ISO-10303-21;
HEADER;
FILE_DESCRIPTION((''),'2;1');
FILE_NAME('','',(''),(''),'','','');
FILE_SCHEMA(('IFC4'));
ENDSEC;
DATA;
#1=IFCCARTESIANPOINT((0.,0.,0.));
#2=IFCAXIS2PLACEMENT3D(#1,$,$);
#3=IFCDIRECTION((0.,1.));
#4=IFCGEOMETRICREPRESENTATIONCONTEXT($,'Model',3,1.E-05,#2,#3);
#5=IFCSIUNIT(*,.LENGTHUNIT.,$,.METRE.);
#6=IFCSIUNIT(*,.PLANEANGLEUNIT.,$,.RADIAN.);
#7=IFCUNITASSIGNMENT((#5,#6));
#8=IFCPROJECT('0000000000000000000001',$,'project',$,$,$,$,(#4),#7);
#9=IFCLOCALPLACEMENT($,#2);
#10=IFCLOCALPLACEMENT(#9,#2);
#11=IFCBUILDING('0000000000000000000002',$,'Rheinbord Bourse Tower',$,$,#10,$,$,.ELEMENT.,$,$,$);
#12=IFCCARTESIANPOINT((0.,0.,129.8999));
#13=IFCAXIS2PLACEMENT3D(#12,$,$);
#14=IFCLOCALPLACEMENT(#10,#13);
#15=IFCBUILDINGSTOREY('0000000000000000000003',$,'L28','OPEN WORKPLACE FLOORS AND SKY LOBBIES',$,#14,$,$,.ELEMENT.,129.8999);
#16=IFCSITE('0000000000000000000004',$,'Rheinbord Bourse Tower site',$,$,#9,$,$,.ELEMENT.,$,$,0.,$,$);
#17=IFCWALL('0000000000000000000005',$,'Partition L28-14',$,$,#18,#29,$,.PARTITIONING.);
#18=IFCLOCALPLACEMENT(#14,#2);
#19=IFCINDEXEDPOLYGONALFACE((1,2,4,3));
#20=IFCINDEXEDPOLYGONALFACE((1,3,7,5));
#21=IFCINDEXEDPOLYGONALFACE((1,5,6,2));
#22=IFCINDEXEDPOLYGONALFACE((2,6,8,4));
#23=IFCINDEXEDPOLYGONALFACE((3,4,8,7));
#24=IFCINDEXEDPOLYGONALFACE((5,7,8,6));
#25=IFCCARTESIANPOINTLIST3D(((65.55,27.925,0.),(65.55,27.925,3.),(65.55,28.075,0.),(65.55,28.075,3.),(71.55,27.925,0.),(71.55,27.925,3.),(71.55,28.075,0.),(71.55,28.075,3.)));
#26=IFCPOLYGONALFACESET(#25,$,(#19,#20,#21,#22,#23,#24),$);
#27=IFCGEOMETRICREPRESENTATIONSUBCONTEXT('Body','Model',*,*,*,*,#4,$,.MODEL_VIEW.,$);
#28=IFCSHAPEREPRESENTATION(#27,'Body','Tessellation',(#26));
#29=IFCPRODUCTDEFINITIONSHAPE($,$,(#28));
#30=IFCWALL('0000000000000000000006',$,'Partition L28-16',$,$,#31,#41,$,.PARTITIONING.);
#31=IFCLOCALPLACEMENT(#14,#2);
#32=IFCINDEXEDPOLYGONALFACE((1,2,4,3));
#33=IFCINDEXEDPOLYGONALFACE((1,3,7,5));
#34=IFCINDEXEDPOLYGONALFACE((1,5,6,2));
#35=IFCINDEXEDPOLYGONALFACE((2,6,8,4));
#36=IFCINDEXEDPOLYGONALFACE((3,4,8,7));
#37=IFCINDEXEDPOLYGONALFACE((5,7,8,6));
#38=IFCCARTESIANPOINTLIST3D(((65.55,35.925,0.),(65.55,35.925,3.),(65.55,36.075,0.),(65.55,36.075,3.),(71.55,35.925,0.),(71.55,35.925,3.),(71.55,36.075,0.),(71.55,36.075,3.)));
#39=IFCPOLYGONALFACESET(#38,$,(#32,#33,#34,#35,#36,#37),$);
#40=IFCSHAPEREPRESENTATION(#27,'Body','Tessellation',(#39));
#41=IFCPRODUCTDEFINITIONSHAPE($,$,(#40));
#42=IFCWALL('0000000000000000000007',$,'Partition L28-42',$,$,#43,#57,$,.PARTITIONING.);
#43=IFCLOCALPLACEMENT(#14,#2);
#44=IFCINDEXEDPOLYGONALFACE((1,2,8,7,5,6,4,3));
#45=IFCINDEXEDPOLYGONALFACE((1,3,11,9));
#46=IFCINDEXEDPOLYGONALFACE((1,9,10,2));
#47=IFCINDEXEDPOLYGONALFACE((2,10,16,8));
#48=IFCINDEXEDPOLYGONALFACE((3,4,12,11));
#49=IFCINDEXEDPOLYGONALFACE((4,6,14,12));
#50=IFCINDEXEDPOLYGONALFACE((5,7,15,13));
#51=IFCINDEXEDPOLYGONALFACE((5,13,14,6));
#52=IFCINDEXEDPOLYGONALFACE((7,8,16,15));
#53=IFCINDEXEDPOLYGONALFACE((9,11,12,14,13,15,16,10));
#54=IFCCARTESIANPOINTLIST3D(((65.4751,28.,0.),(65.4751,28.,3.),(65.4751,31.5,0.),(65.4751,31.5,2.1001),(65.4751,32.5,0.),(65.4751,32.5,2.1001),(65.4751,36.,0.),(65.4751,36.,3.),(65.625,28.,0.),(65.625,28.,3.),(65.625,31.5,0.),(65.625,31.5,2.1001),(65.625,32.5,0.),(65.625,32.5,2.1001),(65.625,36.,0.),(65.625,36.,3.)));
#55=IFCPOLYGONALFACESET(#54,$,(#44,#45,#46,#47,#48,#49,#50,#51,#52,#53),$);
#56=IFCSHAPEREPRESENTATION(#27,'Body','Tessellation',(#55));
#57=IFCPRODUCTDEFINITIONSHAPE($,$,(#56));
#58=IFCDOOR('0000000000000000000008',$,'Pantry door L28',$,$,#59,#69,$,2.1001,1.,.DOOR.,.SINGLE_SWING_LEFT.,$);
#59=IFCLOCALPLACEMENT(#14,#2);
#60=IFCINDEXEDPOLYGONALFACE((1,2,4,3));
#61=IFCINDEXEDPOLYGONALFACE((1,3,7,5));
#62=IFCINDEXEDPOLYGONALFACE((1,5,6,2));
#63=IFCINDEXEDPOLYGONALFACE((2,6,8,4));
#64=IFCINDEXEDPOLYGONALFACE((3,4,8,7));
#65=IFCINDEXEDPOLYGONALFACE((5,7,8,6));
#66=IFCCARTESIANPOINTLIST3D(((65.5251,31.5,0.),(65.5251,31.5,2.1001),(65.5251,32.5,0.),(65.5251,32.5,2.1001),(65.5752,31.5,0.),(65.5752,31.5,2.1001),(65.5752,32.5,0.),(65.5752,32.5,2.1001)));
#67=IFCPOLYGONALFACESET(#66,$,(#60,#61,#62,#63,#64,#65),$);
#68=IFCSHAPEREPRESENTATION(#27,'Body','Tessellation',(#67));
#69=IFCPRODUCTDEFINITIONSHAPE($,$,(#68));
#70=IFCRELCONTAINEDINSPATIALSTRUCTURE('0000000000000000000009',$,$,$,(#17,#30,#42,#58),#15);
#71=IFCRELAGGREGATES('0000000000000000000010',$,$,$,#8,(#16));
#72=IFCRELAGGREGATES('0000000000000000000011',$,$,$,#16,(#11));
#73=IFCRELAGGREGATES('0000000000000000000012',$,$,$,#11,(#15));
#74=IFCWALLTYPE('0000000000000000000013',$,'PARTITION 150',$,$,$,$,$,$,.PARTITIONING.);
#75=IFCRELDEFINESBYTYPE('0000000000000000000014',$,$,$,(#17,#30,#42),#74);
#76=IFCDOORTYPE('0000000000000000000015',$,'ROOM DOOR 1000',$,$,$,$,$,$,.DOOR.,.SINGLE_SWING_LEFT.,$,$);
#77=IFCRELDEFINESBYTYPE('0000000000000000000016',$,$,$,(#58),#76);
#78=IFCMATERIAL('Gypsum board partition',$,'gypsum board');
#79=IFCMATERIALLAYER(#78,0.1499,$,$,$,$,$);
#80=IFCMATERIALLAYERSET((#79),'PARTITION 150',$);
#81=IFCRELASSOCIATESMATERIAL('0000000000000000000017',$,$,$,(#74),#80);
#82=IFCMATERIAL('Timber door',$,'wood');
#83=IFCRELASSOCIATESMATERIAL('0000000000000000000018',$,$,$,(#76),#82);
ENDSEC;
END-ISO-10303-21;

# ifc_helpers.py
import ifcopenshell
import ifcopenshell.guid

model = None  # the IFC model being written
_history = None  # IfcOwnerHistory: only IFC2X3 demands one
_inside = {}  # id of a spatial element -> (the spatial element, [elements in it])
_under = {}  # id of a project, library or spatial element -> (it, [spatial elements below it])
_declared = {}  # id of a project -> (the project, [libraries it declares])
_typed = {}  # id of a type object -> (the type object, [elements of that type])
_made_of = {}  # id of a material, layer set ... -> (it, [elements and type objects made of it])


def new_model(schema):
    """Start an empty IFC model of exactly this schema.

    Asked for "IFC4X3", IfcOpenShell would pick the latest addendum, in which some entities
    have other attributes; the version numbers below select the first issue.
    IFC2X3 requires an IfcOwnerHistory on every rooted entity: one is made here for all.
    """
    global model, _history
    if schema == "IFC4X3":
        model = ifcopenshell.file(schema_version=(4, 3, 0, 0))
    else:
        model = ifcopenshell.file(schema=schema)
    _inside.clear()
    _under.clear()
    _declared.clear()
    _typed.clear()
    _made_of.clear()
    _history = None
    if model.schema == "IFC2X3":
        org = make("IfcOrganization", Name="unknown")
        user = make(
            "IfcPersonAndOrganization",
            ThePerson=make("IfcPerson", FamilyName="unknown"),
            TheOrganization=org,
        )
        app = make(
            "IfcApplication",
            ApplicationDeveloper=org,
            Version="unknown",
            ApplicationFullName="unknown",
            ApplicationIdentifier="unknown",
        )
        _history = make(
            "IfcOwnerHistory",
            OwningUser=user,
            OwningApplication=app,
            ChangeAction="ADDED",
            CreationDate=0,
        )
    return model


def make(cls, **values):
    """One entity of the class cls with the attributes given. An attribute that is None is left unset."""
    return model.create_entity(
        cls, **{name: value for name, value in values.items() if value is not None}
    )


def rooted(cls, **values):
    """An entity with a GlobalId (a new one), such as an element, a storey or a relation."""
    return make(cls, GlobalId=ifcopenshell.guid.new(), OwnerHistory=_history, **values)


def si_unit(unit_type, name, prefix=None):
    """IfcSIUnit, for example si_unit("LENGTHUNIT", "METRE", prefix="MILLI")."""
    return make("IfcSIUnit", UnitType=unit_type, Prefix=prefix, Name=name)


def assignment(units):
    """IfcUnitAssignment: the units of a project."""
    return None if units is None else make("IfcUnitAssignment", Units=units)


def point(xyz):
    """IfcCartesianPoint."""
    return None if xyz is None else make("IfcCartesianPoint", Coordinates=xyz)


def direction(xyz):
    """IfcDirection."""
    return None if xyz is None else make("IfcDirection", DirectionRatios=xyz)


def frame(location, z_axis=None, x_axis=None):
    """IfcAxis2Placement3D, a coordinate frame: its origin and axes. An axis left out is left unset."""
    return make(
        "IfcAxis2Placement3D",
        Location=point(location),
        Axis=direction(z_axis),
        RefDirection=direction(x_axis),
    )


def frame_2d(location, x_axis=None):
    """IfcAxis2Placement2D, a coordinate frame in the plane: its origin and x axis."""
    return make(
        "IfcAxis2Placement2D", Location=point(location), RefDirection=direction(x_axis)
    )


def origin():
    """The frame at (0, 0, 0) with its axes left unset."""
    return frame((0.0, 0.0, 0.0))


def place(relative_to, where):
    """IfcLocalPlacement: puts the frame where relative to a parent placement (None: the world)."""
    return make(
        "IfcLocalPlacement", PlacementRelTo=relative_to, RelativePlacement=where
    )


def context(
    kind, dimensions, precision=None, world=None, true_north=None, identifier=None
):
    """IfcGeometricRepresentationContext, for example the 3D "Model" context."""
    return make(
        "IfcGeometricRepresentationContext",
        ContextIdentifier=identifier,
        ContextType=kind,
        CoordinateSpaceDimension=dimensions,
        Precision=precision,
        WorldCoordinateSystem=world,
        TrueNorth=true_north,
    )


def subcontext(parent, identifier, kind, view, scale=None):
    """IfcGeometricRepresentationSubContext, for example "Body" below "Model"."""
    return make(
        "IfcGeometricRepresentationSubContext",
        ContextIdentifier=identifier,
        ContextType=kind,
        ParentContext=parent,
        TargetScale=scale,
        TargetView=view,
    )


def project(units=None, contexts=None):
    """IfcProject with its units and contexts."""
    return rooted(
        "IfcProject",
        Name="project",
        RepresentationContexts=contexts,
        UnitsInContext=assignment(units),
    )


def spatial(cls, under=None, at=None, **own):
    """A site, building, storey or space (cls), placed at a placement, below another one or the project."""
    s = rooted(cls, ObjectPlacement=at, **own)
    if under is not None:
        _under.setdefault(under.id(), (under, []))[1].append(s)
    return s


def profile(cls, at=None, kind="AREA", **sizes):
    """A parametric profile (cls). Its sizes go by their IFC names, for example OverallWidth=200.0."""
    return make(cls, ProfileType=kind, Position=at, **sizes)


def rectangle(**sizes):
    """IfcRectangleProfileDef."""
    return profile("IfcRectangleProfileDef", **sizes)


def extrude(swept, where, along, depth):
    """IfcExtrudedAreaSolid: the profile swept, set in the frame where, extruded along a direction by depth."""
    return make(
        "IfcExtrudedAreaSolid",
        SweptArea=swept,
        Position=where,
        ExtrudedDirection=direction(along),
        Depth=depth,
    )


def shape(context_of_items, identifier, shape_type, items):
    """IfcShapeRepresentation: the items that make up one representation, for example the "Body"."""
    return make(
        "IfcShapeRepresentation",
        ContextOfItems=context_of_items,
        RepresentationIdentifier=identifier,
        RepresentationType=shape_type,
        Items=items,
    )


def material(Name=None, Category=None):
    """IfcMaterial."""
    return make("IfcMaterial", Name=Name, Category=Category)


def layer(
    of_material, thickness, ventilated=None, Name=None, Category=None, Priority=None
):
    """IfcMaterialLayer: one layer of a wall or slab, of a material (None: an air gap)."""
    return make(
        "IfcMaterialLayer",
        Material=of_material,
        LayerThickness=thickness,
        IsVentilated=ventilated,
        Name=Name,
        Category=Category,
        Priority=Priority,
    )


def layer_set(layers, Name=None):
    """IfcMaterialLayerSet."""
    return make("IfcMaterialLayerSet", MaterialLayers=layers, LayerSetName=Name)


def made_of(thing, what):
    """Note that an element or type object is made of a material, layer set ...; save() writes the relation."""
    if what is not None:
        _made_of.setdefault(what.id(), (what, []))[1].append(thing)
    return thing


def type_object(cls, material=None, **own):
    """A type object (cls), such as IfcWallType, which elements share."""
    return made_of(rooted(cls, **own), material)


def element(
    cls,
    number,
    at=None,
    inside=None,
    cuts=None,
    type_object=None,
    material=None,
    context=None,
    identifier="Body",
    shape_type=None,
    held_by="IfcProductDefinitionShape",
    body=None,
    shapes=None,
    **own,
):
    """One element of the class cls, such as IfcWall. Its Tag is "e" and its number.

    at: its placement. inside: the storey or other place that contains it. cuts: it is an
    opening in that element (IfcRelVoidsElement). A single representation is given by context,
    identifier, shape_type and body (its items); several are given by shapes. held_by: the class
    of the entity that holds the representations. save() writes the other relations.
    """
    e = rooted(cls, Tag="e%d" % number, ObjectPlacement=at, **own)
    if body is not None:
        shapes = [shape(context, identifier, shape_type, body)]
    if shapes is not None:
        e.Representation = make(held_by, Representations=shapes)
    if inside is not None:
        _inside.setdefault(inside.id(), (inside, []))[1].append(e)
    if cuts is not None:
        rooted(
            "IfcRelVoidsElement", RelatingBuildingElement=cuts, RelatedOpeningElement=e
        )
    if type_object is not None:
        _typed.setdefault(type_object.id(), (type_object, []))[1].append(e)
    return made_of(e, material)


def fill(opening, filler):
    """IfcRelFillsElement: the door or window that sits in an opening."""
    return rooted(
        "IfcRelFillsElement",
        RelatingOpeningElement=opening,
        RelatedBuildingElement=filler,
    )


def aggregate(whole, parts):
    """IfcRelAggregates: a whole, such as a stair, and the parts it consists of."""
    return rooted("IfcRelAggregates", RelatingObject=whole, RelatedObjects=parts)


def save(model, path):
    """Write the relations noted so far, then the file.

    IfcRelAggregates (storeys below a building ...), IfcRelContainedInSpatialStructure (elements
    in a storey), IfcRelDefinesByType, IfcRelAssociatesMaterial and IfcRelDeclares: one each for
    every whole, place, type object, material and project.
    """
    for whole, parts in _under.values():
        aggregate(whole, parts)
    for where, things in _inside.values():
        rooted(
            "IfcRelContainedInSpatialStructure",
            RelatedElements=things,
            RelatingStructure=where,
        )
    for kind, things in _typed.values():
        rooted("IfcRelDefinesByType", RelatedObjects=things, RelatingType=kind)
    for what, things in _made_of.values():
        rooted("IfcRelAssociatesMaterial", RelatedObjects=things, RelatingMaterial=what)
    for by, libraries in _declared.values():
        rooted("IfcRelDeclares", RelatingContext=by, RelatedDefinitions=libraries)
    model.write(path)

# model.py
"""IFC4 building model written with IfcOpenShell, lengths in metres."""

from ifc_helpers import new_model, si_unit, direction, frame, frame_2d, origin, place, context, subcontext, project, spatial, rectangle, extrude, material, layer, layer_set, type_object, element, fill, save


model = new_model("IFC4")

# Units and contexts
model_context = context("Model", 3, precision=1e-05, world=origin(), true_north=direction((0.0, 1.0)))
body_context = subcontext(model_context, "Body", "Model", "MODEL_VIEW")
ifc_project = project(units=[si_unit("LENGTHUNIT", "METRE"), si_unit("PLANEANGLEUNIT", "RADIAN")], contexts=[model_context])

# Site, building, storey
site_placement = place(None, origin())
site = spatial("IfcSite", under=ifc_project, at=site_placement, Name="Rheinbord Bourse Tower site", CompositionType="ELEMENT", RefElevation=0.0)
building_placement = place(site_placement, origin())
building = spatial("IfcBuilding", under=site, at=building_placement, Name="Rheinbord Bourse Tower", CompositionType="ELEMENT")
storey_placement = place(building_placement, frame((0.0, 0.0, 129.8999)))
storey = spatial("IfcBuildingStorey", under=building, at=storey_placement, Name="L28", Description="OPEN WORKPLACE FLOORS AND SKY LOBBIES", CompositionType="ELEMENT", Elevation=129.8999)

# Walls
ifc_material_1 = material(Name="Gypsum board partition", Category="gypsum board")
ifc_layer_1 = layer(ifc_material_1, 0.1499)
ifc_layer_set_1 = layer_set([ifc_layer_1], Name="PARTITION 150")
wall_type_1 = type_object("IfcWallType", Name="PARTITION 150", PredefinedType="PARTITIONING", material=ifc_layer_set_1)
for number, where, z_axis, x_axis, name in (
    (1, (65.55, 28.0, 0.0), (0.0, 0.0, 1.0), (1.0, 0.0, 0.0), "Partition L28-14"),
    (2, (65.55, 36.0, 0.0), (0.0, 0.0, 1.0), (1.0, 0.0, 0.0), "Partition L28-16"),
):
    element("IfcWall", number, at=place(storey_placement, frame(where, z_axis=z_axis, x_axis=x_axis)), inside=storey, type_object=wall_type_1, Name=name, PredefinedType="PARTITIONING", context=body_context, shape_type="SweptSolid", body=[
        extrude(rectangle(XDim=6.0, YDim=0.1499, at=frame_2d((3.0, 0.0))), origin(), (0.0, 0.0, 1.0), 3.0),
    ])

# Wall, opening, door
wall_1_placement = place(storey_placement, frame((65.55, 28.0, 0.0), z_axis=(0.0, 0.0, 1.0), x_axis=(0.0, 1.0, 0.0)))
wall_1 = element("IfcWall", 3, at=wall_1_placement, inside=storey, type_object=wall_type_1, Name="Partition L28-42", PredefinedType="PARTITIONING", context=body_context, shape_type="SweptSolid", body=[
    extrude(rectangle(XDim=8.0, YDim=0.1499, at=frame_2d((4.0, 0.0))), origin(), (0.0, 0.0, 1.0), 3.0),
])
opening_placement = place(wall_1_placement, frame((3.5, 0.0, 0.0)))
opening = element("IfcOpeningElement", 4, at=opening_placement, cuts=wall_1, PredefinedType="OPENING", context=body_context, shape_type="SweptSolid", body=[
    extrude(rectangle(XDim=1.0, YDim=2.1001, at=frame_2d((0.5, 1.05))), frame((0.0, 0.085, 0.0), z_axis=(0.0, -1.0, 0.0), x_axis=(1.0, 0.0, 0.0)), (0.0, 0.0, 1.0), 0.1699),
])
ifc_material_2 = material(Name="Timber door", Category="wood")
door_type = type_object("IfcDoorType", Name="ROOM DOOR 1000", OperationType="SINGLE_SWING_LEFT", PredefinedType="DOOR", material=ifc_material_2)
door_placement = place(opening_placement, origin())
door = element("IfcDoor", 5, at=door_placement, inside=storey, type_object=door_type, Name="Pantry door L28", OperationType="SINGLE_SWING_LEFT", OverallHeight=2.1001, OverallWidth=1.0, PredefinedType="DOOR", context=body_context, shape_type="SweptSolid", body=[
    extrude(rectangle(XDim=1.0, YDim=2.1001, at=frame_2d((0.5, 1.05))), frame((0.0, 0.0249, 0.0), z_axis=(0.0, -1.0, 0.0), x_axis=(1.0, 0.0, 0.0)), (0.0, 0.0, 1.0), 0.05),
])
fill(opening, door)

save(model, "model.ifc")
